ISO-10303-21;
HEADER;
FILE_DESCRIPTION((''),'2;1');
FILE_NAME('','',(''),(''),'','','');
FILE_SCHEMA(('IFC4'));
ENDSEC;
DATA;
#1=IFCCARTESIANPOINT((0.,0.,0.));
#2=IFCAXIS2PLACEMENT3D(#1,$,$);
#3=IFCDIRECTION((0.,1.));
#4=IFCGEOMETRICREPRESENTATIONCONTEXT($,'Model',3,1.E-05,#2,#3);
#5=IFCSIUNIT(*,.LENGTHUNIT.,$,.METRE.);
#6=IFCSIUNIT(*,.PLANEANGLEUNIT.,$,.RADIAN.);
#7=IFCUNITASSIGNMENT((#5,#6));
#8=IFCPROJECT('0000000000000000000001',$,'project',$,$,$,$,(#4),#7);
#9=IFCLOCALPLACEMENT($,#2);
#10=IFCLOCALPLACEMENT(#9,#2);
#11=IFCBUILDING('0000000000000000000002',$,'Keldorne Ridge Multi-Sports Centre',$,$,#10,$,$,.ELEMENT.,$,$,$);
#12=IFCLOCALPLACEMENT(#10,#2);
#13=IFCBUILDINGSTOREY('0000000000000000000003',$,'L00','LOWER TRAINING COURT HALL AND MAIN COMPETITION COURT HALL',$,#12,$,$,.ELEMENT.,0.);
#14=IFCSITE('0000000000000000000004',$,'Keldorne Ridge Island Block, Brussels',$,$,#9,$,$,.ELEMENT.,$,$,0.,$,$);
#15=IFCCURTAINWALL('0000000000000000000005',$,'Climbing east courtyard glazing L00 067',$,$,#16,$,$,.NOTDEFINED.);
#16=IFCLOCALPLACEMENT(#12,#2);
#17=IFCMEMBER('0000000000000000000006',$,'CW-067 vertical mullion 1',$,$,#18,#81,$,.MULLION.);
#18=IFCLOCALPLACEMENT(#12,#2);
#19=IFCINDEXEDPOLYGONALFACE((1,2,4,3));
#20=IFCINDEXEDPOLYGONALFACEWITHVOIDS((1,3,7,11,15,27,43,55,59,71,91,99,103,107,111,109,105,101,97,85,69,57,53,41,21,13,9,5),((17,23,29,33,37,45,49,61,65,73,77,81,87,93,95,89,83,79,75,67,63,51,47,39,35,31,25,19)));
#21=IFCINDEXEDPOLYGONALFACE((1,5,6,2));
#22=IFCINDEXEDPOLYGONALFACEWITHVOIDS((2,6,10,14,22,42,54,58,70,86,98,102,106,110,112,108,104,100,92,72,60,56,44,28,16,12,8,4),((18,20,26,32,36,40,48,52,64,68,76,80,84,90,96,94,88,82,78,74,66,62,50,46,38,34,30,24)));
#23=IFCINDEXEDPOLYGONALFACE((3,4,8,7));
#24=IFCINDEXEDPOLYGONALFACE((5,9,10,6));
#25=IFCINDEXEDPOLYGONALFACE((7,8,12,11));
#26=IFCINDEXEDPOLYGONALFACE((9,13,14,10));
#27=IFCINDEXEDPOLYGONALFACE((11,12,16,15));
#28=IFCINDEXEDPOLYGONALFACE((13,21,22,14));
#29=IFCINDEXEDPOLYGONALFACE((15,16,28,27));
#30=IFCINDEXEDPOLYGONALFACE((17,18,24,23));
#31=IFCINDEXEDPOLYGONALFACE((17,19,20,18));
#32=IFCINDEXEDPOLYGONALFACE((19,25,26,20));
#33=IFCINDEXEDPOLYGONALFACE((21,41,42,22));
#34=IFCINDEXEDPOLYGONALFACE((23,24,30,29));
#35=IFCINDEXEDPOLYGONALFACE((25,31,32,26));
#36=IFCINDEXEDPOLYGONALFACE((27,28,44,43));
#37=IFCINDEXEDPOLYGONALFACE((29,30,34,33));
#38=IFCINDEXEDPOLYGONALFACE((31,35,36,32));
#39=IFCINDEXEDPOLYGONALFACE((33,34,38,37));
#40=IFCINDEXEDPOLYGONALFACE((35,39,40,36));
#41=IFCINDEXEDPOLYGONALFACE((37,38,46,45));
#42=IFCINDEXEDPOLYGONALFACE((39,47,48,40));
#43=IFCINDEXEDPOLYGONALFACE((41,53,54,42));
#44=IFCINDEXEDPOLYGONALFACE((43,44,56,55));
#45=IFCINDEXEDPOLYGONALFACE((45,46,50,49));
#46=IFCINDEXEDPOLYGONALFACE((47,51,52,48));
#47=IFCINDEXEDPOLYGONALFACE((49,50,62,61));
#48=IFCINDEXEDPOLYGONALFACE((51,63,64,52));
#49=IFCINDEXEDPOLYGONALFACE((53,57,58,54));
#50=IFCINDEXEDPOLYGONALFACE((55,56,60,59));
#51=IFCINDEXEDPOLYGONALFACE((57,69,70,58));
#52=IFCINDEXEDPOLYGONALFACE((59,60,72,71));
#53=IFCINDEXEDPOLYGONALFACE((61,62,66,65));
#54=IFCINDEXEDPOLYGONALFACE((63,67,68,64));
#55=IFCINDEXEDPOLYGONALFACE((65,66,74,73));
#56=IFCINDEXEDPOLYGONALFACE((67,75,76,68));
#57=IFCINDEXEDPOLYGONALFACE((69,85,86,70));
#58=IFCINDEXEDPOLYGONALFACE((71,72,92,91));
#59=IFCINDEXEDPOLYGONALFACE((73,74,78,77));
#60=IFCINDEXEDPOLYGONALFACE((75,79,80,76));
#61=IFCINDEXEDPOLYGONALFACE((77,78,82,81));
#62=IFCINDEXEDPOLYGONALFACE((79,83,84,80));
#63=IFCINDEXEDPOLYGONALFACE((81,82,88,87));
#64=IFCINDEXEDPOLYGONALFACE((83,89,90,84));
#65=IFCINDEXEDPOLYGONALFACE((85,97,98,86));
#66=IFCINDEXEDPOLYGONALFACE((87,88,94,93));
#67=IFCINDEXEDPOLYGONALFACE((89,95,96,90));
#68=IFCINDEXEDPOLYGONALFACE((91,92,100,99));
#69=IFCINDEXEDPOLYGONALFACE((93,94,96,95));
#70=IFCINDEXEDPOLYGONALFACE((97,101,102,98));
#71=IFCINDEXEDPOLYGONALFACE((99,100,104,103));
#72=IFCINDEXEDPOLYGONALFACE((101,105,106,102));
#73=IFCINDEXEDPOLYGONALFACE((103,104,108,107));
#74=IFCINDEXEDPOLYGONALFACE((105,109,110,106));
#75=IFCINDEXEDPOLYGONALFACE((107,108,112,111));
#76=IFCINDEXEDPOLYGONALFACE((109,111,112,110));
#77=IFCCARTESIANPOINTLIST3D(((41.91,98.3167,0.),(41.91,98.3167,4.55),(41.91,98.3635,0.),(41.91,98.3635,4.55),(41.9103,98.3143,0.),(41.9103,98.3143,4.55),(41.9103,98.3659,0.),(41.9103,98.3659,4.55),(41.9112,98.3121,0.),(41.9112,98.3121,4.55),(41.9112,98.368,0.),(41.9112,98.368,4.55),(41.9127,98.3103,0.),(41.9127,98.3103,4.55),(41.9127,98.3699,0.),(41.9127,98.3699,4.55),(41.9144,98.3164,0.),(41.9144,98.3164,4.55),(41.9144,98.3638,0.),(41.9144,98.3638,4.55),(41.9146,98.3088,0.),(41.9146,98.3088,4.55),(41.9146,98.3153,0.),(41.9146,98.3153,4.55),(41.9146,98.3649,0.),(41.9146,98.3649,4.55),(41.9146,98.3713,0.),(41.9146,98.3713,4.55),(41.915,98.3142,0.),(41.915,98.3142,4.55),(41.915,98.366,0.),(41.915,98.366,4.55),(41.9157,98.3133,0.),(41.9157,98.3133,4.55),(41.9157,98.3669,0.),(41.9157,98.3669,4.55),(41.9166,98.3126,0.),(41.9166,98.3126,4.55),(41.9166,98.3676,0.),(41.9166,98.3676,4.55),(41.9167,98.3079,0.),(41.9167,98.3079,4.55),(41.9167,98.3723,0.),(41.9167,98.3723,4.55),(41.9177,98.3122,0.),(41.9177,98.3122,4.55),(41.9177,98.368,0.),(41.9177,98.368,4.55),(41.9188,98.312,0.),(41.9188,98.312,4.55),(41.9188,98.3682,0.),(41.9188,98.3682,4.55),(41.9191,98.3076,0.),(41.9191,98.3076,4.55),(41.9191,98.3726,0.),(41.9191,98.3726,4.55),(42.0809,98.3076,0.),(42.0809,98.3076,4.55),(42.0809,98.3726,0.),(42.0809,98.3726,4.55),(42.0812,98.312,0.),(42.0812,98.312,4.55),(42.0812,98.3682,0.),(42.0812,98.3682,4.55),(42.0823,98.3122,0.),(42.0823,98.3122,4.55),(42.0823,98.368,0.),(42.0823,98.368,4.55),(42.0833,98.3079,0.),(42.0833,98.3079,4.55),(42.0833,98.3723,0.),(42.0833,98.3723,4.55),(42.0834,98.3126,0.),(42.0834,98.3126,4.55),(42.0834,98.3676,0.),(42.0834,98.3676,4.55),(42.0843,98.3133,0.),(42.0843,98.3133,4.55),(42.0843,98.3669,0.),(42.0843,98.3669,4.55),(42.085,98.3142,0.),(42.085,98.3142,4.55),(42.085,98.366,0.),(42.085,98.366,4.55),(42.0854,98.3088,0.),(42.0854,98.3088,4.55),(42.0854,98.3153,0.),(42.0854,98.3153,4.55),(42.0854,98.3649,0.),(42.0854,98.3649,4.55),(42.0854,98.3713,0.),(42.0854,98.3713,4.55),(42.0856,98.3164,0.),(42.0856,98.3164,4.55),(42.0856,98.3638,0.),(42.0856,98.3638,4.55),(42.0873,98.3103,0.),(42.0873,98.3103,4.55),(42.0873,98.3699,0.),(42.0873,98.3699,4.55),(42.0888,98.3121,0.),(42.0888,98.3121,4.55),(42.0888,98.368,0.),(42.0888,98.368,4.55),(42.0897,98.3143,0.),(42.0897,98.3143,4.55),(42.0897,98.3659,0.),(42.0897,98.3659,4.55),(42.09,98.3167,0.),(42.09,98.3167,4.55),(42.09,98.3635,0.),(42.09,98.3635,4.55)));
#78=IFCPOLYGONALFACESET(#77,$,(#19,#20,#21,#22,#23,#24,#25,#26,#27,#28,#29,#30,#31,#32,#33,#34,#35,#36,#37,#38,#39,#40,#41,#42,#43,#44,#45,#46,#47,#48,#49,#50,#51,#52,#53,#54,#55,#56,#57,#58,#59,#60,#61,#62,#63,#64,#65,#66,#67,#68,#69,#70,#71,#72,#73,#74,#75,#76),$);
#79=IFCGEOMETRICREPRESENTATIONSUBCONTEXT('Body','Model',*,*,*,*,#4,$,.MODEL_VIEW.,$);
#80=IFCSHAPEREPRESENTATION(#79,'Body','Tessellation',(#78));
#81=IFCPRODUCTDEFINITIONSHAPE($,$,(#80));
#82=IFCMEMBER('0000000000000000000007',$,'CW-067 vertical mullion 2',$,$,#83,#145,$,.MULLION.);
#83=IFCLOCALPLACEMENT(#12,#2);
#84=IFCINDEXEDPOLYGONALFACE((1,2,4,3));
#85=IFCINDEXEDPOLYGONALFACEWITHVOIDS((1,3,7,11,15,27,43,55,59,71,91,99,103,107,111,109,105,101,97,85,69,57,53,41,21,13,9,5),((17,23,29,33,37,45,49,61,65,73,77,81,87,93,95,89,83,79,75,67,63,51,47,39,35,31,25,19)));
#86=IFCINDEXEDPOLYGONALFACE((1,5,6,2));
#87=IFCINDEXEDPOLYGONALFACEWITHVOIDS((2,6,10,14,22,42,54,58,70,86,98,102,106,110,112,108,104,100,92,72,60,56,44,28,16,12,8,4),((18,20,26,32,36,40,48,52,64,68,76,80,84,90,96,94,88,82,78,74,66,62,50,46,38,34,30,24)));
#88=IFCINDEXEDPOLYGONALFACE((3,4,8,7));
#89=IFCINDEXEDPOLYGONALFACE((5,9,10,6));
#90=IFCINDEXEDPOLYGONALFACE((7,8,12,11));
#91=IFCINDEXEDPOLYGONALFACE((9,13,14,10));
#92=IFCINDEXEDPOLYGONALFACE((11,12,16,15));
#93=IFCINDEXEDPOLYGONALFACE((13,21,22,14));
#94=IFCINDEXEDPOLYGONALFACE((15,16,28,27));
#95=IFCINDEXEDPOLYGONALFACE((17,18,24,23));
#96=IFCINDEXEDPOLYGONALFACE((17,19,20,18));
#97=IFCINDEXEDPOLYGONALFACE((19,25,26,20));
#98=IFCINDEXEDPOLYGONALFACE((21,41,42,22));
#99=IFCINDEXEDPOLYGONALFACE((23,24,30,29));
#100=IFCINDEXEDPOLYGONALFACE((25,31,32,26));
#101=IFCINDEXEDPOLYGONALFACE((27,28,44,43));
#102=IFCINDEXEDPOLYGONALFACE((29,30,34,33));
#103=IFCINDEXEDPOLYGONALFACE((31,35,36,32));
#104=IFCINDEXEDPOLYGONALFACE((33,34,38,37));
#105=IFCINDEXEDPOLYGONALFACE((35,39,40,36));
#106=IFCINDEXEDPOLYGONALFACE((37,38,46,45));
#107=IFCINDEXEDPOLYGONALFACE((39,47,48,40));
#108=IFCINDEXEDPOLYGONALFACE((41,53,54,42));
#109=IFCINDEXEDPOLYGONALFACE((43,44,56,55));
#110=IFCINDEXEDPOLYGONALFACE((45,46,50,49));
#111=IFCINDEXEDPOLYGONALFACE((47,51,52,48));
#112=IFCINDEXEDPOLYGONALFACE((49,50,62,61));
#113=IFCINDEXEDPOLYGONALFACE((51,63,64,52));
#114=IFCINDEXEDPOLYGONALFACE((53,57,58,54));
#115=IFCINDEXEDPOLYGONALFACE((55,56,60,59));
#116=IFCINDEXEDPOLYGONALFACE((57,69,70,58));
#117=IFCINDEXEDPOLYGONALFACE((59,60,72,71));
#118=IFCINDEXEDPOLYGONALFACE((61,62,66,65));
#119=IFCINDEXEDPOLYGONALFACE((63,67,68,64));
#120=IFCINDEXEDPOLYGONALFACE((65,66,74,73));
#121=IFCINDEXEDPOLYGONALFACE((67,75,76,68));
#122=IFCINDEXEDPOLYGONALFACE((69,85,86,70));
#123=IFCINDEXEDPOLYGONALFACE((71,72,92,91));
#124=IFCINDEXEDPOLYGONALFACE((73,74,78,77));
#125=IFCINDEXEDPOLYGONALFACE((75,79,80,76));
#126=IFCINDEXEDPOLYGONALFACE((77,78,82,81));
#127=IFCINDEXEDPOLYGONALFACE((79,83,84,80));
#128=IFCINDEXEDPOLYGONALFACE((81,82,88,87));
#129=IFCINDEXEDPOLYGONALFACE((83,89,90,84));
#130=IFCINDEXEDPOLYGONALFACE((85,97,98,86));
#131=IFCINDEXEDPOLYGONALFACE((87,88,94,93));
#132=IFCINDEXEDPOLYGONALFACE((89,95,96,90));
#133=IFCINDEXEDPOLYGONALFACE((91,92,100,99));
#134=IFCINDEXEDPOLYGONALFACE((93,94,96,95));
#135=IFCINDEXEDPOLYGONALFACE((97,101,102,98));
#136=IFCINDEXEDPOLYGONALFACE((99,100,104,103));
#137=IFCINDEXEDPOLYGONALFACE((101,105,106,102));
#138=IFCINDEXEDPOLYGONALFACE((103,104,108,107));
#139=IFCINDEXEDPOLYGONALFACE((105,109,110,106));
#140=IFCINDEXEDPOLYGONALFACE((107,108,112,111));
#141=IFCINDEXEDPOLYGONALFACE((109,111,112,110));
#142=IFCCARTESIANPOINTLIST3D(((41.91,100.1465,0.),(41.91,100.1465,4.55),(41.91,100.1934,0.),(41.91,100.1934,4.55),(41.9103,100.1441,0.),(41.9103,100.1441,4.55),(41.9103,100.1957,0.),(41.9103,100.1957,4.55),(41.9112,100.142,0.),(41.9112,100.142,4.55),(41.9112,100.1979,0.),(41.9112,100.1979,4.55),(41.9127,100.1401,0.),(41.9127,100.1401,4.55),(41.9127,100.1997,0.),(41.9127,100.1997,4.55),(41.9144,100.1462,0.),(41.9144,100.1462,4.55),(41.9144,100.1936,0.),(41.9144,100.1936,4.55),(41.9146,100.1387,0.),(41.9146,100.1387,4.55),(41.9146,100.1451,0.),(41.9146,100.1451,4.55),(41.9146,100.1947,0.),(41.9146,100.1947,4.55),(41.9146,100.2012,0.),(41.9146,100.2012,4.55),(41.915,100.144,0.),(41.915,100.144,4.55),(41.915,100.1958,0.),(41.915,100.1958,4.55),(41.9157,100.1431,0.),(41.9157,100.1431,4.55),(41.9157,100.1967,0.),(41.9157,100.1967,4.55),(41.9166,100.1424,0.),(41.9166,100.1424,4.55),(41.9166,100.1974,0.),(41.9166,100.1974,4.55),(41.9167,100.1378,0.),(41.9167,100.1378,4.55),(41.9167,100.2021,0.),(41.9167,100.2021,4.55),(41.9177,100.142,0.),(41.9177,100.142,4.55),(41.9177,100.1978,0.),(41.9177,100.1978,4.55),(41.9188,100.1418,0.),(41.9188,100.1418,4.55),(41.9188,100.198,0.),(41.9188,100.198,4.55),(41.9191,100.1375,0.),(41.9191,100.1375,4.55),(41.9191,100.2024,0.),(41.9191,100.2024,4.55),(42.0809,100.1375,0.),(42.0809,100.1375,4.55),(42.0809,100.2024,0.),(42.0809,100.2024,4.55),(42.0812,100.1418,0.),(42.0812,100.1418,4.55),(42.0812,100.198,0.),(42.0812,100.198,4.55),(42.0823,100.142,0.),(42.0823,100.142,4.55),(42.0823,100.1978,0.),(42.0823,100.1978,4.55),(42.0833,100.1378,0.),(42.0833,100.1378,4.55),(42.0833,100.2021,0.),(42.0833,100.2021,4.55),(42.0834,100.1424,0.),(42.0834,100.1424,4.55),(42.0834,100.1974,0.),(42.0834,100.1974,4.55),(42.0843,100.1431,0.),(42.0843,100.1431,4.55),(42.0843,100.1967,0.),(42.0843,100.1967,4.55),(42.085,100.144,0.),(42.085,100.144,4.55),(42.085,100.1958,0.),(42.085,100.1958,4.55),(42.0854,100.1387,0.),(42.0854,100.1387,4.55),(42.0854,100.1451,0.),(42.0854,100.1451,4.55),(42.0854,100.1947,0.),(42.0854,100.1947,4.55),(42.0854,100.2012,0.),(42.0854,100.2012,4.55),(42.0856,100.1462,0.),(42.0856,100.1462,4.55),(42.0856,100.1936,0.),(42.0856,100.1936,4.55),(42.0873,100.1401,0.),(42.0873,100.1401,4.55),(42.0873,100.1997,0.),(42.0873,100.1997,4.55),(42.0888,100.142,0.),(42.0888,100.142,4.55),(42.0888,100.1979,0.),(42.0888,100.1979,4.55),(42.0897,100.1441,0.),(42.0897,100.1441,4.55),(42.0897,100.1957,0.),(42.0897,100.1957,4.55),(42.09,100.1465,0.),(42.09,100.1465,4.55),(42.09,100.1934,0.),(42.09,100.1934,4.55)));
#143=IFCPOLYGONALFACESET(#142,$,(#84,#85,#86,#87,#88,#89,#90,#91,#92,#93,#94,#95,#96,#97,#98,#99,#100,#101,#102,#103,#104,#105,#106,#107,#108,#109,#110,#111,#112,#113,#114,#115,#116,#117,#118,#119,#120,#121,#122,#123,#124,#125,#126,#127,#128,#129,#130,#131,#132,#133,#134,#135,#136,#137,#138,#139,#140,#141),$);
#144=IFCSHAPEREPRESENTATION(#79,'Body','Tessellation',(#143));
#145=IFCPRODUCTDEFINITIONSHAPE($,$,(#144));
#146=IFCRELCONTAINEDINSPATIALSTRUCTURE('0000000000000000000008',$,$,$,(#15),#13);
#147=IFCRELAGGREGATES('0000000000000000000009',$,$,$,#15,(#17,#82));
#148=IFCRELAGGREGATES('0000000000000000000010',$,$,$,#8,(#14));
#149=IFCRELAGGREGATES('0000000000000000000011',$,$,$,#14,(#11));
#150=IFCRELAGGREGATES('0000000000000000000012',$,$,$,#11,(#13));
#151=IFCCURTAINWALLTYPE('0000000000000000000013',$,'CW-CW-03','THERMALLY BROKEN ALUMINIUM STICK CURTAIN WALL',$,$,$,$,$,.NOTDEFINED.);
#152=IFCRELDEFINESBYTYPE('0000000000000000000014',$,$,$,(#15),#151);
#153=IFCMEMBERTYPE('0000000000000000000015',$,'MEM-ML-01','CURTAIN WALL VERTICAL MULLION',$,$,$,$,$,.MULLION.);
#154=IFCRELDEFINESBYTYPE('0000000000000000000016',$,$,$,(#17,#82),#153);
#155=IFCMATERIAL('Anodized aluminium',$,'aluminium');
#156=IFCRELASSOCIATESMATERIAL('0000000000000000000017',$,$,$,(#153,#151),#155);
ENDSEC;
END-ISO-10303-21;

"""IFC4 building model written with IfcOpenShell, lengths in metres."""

from ifc_helpers import new_model, si_unit, direction, frame, origin, origin_2d, place, context, subcontext, project, spatial, hollow_rectangle, extrude, material, material_profile, profile_set, type_object, element, aggregate, save


model = new_model("IFC4")

# Units and contexts
model_context = context("Model", 3, precision=1e-05, world=origin(), true_north=direction((0.0, 1.0)))
body_context = subcontext(model_context, "Body", "Model", "MODEL_VIEW")
ifc_project = project(units=[si_unit("LENGTHUNIT", "METRE"), si_unit("PLANEANGLEUNIT", "RADIAN")], contexts=[model_context])

# Site, building, storey
site_placement = place(None, origin())
site = spatial("IfcSite", under=ifc_project, at=site_placement, Name="Keldorne Ridge Island Block, Brussels", CompositionType="ELEMENT", RefElevation=0.0)
building_placement = place(site_placement, origin())
building = spatial("IfcBuilding", under=site, at=building_placement, Name="Keldorne Ridge Multi-Sports Centre", CompositionType="ELEMENT")
storey_placement = place(building_placement, origin())
storey = spatial("IfcBuildingStorey", under=building, at=storey_placement, Name="L00", Description="LOWER TRAINING COURT HALL AND MAIN COMPETITION COURT HALL", CompositionType="ELEMENT", Elevation=0.0)

# Shared definitions
ifc_material_1 = material(Name="Anodized aluminium", Category="aluminium")
ifc_material_profile_1 = material_profile(ifc_material_1, hollow_rectangle(XDim=0.0649, YDim=0.1799, WallThickness=0.0044, InnerFilletRadius=0.0044, OuterFilletRadius=0.009, at=origin_2d()), Name="ALU MULLION 180x65x4.5")
ifc_profile_set_1 = profile_set([ifc_material_profile_1], Name="Anodized aluminium")
member_type_1 = type_object("IfcMemberType", Name="MEM-ML-01", Description="CURTAIN WALL VERTICAL MULLION", PredefinedType="MULLION", material=ifc_profile_set_1)

# Curtain wall, members
curtain_wall_type_1 = type_object("IfcCurtainWallType", Name="CW-CW-03", Description="THERMALLY BROKEN ALUMINIUM STICK CURTAIN WALL", PredefinedType="NOTDEFINED", material=ifc_material_1)
curtain_wall_1_placement = place(storey_placement, origin())
curtain_wall_1 = element("IfcCurtainWall", 1, at=curtain_wall_1_placement, inside=storey, type_object=curtain_wall_type_1, Name="Climbing east courtyard glazing L00 067", PredefinedType="NOTDEFINED")
member_1_placement = place(storey_placement, frame((42.0, 98.3401, 0.0), z_axis=(0.0, 0.0, 1.0), x_axis=(0.0, 1.0, 0.0)))
member_1 = element("IfcMember", 2, at=member_1_placement, type_object=member_type_1, Name="CW-067 vertical mullion 1", PredefinedType="MULLION", context=body_context, shape_type="SweptSolid", body=[
    extrude(hollow_rectangle(XDim=0.0649, YDim=0.1799, WallThickness=0.0044, InnerFilletRadius=0.0044, OuterFilletRadius=0.009, at=origin_2d()), origin(), (0.0, 0.0, 1.0), 4.55),
])
member_2_placement = place(storey_placement, frame((42.0, 100.1699, 0.0), z_axis=(0.0, 0.0, 1.0), x_axis=(0.0, 1.0, 0.0)))
member_2 = element("IfcMember", 3, at=member_2_placement, type_object=member_type_1, Name="CW-067 vertical mullion 2", PredefinedType="MULLION", context=body_context, shape_type="SweptSolid", body=[
    extrude(hollow_rectangle(XDim=0.0649, YDim=0.1799, WallThickness=0.0044, InnerFilletRadius=0.0044, OuterFilletRadius=0.009, at=origin_2d()), origin(), (0.0, 0.0, 1.0), 4.55),
])

aggregate(curtain_wall_1, [member_1, member_2])

save(model, "model.ifc")
